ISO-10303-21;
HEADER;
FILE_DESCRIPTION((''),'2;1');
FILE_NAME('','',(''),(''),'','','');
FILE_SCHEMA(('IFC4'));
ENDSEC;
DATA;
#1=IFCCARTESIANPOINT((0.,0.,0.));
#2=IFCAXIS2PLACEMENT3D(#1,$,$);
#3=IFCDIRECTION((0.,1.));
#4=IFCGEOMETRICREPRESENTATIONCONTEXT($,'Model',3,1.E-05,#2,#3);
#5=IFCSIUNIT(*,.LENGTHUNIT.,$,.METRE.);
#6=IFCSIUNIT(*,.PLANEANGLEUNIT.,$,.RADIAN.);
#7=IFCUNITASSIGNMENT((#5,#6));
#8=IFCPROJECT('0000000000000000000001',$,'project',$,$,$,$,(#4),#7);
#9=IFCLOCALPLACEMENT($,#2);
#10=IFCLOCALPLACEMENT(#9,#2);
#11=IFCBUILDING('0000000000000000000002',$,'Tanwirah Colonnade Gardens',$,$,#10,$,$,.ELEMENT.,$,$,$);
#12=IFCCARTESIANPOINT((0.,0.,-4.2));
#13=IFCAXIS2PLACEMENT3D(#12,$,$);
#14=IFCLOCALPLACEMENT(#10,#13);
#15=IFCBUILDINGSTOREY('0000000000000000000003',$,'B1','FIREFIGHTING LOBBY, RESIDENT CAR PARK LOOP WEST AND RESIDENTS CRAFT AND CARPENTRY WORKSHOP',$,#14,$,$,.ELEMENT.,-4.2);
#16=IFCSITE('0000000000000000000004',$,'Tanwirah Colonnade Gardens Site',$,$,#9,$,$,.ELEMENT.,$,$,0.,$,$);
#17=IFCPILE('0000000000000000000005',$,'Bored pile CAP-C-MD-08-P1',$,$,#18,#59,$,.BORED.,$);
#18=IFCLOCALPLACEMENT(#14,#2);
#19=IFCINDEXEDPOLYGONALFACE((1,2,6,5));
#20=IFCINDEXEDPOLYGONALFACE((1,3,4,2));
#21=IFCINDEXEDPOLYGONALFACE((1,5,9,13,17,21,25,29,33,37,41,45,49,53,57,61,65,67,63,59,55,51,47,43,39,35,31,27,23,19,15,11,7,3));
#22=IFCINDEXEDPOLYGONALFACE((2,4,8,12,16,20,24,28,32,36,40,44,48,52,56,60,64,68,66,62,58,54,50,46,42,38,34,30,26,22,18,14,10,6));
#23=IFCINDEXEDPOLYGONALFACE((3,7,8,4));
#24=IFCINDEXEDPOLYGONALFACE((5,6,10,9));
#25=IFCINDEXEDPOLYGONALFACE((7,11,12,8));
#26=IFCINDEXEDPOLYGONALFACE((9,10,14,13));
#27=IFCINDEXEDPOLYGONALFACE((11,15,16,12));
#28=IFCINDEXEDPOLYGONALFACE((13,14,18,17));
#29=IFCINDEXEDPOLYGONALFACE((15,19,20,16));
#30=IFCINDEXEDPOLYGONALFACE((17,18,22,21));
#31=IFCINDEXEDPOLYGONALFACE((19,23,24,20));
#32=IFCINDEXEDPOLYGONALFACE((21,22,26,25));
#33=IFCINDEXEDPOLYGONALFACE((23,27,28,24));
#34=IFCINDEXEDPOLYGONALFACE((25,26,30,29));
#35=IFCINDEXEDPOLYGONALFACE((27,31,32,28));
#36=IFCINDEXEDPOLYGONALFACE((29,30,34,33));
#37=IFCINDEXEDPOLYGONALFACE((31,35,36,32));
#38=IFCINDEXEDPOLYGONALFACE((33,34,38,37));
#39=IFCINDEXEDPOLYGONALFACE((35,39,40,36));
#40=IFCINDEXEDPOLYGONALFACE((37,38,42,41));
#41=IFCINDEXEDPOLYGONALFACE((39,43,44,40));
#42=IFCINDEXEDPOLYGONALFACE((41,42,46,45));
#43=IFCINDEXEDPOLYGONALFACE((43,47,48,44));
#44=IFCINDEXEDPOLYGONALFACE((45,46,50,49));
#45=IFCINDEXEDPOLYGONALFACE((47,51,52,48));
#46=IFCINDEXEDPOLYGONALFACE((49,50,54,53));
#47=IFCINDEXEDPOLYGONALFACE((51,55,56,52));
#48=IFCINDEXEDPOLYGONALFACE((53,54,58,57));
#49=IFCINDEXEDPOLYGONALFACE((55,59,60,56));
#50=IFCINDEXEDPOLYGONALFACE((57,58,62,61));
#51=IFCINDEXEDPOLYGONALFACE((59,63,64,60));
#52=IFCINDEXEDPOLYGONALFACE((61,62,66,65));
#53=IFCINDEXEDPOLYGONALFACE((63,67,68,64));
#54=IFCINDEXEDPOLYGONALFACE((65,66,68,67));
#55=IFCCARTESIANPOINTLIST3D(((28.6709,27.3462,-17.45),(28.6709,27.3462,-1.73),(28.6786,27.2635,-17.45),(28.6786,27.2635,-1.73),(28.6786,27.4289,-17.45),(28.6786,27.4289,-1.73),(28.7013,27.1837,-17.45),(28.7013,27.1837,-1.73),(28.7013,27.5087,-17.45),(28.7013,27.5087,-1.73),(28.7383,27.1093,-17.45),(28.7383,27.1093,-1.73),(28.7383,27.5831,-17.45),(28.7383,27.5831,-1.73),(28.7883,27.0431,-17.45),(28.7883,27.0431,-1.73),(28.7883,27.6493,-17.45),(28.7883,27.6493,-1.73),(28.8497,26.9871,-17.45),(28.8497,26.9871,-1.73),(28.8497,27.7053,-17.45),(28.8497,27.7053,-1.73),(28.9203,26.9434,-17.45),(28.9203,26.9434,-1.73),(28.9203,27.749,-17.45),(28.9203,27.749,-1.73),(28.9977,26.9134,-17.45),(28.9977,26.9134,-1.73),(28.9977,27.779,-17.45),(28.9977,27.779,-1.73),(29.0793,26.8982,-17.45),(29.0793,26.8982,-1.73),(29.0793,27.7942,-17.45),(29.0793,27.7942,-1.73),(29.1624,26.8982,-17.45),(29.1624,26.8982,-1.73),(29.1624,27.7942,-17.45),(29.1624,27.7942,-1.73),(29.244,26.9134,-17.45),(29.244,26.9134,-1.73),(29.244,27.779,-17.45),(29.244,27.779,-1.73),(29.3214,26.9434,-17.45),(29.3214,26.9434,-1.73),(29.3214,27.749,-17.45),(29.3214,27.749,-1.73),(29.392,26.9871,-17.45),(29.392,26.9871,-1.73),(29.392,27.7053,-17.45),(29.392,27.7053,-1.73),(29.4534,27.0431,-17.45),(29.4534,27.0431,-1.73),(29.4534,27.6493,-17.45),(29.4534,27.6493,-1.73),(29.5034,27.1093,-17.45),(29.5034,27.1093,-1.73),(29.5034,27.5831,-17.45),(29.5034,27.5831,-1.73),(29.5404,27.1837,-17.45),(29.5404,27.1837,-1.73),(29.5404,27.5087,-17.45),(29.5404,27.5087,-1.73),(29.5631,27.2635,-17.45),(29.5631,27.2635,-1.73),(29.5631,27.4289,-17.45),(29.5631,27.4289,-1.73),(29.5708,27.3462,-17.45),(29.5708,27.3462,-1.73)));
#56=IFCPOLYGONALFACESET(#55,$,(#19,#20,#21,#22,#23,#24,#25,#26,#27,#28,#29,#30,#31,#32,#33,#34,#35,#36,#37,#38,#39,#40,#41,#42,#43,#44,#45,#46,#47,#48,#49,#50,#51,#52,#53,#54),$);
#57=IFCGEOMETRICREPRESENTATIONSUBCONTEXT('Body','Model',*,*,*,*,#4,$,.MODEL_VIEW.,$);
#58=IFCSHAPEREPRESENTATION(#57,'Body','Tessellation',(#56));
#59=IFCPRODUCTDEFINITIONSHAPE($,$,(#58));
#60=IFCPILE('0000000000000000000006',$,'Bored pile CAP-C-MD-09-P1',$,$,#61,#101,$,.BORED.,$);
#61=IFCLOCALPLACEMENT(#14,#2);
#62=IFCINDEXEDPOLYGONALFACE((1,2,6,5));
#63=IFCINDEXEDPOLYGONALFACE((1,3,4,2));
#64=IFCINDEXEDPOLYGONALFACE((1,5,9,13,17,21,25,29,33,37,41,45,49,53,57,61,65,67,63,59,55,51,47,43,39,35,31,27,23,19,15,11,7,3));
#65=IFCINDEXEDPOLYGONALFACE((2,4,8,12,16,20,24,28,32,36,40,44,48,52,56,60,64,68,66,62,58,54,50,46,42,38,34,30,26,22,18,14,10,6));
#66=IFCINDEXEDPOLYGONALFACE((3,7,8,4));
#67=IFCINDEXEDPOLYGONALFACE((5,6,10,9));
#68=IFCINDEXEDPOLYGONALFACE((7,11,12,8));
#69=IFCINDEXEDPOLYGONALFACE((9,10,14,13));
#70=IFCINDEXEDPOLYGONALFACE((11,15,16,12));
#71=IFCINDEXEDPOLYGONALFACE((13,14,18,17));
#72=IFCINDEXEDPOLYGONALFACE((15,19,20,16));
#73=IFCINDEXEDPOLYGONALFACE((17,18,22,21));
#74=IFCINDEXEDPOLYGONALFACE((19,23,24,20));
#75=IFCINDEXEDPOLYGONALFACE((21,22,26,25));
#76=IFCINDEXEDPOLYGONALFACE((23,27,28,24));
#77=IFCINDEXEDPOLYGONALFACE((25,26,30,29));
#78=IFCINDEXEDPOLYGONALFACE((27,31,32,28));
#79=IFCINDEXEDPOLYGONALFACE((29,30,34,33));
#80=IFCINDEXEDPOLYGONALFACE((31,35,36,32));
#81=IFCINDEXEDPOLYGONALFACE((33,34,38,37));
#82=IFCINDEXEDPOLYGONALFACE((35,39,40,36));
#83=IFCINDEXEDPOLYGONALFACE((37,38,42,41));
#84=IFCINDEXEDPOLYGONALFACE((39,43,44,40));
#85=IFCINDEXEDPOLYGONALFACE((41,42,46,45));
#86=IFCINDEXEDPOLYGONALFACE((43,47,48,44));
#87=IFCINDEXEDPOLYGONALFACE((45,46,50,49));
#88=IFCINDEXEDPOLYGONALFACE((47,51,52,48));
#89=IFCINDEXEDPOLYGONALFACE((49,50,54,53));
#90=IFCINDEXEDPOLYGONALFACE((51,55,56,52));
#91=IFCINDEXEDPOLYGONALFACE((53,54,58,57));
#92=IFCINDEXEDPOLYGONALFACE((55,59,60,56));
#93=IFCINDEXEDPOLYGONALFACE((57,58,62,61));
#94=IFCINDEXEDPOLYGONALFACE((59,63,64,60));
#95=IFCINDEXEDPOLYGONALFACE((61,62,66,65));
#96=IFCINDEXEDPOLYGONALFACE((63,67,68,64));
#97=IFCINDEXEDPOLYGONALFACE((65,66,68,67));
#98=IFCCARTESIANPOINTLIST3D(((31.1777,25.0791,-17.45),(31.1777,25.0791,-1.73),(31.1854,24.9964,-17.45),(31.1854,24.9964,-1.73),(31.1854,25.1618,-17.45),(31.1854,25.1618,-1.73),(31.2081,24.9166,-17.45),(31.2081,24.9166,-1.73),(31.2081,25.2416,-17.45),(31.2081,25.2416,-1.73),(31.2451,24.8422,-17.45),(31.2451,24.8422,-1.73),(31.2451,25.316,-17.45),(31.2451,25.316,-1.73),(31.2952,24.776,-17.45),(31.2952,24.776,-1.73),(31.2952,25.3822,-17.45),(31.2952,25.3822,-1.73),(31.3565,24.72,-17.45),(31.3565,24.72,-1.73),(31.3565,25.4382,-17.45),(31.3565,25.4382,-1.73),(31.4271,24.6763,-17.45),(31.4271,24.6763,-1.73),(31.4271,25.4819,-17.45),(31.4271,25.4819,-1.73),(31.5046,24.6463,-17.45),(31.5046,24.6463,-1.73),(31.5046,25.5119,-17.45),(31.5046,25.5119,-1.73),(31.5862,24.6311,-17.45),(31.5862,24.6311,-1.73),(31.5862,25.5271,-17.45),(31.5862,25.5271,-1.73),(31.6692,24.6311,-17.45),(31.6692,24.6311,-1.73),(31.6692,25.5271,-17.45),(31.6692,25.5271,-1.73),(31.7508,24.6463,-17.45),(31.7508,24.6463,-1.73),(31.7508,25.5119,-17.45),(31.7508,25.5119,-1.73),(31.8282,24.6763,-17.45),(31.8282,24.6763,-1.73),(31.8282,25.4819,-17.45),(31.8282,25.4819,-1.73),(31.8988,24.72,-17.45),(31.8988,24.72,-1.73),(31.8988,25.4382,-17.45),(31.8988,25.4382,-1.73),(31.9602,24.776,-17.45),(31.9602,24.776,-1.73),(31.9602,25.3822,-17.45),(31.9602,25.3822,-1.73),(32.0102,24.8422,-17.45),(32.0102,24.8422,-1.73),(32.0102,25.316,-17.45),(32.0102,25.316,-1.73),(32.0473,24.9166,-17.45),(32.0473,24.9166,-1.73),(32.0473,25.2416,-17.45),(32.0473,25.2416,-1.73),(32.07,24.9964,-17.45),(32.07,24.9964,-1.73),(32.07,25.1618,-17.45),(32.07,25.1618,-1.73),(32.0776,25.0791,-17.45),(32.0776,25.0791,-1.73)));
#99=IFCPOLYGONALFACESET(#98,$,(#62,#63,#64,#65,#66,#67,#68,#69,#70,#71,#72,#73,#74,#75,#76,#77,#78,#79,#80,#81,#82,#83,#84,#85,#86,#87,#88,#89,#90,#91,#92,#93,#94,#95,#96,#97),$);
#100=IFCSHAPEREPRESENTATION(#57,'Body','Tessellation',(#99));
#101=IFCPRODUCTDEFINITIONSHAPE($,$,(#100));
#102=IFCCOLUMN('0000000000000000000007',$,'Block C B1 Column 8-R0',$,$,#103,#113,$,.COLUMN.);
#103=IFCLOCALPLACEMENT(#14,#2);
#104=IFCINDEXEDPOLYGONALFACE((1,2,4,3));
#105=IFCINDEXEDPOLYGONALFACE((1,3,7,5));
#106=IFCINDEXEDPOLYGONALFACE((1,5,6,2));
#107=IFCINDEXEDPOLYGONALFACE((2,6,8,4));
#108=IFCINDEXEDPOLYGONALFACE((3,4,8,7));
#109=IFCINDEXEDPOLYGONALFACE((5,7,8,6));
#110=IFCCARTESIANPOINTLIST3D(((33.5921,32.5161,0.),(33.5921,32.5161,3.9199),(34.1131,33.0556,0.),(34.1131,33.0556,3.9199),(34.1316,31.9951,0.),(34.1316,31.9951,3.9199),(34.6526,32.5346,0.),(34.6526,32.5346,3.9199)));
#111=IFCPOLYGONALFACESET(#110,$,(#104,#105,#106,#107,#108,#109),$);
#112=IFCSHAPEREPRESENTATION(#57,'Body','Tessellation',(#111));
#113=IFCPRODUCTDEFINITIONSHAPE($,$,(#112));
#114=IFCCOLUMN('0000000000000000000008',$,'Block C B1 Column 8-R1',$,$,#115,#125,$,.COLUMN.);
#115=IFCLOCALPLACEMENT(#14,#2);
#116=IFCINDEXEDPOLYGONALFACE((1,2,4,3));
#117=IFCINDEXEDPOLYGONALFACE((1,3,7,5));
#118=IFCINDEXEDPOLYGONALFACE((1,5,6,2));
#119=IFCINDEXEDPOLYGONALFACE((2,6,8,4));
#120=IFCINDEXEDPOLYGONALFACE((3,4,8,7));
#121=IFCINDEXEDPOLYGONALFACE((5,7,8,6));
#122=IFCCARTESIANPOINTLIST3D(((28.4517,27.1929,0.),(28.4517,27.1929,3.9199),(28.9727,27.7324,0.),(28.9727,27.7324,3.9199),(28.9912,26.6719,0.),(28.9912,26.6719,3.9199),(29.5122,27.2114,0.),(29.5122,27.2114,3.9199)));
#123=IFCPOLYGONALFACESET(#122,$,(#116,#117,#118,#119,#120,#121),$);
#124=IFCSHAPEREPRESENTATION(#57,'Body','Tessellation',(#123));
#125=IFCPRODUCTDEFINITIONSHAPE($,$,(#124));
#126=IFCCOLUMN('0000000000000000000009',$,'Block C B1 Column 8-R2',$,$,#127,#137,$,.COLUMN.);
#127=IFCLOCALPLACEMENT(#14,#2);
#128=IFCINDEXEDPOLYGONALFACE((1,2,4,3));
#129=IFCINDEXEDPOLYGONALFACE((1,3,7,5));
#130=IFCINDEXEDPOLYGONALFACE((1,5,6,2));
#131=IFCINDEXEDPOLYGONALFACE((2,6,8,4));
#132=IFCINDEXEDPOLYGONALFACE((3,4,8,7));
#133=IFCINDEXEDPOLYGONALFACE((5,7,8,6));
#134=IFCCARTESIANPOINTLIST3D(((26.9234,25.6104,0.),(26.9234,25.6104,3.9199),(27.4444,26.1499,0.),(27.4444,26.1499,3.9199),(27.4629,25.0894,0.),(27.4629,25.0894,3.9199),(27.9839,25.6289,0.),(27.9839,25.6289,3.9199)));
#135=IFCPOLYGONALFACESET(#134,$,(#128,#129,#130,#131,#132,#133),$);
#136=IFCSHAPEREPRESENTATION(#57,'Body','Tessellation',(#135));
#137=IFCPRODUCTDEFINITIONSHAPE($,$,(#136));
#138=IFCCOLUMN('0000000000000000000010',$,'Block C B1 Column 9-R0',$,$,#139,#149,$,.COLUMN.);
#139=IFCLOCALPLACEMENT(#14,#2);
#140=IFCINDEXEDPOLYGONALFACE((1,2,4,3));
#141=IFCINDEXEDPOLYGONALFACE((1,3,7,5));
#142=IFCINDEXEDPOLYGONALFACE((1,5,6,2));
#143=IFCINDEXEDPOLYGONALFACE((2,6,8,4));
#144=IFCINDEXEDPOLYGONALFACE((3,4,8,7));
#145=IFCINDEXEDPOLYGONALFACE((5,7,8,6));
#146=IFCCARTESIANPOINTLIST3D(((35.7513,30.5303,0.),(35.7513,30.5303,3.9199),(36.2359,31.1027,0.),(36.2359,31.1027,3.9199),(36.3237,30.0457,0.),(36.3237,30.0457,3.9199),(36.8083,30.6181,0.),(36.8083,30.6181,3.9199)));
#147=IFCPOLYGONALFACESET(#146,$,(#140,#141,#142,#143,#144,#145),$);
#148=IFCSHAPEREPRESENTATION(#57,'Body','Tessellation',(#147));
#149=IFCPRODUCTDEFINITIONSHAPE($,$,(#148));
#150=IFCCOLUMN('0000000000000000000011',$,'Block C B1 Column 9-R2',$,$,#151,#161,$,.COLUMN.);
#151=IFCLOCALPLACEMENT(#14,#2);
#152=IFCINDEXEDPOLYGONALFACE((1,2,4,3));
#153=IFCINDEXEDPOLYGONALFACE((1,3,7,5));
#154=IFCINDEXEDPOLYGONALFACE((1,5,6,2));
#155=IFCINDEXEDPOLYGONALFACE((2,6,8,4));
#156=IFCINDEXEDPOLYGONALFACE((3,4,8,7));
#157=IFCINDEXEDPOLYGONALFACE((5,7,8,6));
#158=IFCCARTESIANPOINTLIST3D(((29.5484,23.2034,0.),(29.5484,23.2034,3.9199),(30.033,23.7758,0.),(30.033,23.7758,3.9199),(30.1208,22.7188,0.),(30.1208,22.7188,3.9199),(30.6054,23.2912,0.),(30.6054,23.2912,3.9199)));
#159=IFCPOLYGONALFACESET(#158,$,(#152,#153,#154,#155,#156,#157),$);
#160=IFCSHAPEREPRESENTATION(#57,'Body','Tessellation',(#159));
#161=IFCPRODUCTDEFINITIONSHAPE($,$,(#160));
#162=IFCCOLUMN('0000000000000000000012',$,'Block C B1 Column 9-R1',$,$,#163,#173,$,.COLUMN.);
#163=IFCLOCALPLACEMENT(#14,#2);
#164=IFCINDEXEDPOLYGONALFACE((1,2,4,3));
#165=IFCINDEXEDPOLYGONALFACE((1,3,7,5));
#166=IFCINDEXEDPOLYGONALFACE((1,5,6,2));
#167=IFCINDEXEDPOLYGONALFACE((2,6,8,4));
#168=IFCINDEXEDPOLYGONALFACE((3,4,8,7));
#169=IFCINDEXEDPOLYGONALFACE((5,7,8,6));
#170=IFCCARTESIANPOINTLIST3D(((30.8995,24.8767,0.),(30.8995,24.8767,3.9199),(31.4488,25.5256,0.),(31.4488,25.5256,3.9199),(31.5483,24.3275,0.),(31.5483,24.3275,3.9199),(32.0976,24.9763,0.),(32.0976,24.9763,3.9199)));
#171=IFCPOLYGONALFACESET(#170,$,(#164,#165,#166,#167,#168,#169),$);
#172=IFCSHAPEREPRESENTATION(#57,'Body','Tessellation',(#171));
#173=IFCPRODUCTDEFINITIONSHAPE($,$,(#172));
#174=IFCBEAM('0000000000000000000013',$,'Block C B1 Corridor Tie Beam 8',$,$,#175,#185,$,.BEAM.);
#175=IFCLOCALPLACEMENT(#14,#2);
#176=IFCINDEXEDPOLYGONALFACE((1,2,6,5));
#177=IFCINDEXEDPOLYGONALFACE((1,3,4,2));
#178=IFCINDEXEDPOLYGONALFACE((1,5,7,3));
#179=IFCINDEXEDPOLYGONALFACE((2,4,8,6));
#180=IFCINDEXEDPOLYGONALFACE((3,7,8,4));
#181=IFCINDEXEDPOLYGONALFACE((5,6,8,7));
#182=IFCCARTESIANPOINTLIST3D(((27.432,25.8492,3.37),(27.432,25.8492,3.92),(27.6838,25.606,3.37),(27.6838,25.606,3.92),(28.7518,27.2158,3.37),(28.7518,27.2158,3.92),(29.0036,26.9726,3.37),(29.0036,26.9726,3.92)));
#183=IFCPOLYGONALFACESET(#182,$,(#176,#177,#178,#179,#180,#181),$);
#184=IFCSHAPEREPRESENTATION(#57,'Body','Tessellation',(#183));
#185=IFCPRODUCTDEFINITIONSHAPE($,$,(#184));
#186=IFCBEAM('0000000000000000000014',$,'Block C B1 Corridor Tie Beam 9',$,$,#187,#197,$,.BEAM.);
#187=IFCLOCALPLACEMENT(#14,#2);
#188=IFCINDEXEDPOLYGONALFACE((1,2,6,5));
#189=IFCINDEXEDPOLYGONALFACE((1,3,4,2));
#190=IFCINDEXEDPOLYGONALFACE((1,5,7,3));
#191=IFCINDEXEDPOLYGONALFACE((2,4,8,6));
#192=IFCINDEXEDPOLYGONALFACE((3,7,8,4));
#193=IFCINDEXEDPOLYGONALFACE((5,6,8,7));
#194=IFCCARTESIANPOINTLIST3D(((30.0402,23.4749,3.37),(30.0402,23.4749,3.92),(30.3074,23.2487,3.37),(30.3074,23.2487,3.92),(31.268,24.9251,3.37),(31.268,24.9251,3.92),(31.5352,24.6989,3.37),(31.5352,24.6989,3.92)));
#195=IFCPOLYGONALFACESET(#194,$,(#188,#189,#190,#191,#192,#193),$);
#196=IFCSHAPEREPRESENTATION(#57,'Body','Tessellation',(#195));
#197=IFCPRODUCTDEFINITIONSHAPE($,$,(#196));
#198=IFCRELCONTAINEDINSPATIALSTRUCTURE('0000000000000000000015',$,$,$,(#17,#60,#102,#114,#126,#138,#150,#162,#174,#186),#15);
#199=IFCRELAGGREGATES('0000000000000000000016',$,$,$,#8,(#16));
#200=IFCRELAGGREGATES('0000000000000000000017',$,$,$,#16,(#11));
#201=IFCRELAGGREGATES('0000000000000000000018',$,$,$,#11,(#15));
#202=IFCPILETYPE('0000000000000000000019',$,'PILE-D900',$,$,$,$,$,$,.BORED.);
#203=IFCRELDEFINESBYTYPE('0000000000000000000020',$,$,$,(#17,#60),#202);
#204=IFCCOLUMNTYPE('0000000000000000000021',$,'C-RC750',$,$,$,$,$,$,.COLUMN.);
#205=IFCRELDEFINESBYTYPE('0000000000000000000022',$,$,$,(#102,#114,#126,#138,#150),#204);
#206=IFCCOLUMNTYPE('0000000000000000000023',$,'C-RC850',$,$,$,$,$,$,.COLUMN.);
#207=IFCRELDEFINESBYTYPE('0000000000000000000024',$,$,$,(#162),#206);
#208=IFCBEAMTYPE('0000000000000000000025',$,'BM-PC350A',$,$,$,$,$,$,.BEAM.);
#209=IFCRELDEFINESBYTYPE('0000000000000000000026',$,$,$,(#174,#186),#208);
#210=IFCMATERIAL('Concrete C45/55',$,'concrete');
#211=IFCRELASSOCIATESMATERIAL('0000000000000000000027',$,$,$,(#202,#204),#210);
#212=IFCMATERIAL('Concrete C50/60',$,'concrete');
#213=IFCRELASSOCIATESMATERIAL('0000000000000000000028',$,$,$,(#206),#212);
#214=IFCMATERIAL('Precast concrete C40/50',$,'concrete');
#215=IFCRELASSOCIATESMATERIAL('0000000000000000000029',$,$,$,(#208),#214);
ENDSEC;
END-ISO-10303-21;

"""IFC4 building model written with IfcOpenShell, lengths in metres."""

from ifc_helpers import new_model, si_unit, direction, frame, origin, origin_2d, place, context, subcontext, project, spatial, rectangle, circle, extrude, material, material_profile, profile_set, type_object, element, save


model = new_model("IFC4")

# Units and contexts
model_context = context("Model", 3, precision=1e-05, world=origin(), true_north=direction((0.0, 1.0)))
body_context = subcontext(model_context, "Body", "Model", "MODEL_VIEW")
ifc_project = project(units=[si_unit("LENGTHUNIT", "METRE"), si_unit("PLANEANGLEUNIT", "RADIAN")], contexts=[model_context])

# Site, building, storey
site_placement = place(None, origin())
site = spatial("IfcSite", under=ifc_project, at=site_placement, Name="Tanwirah Colonnade Gardens Site", CompositionType="ELEMENT", RefElevation=0.0)
building_placement = place(site_placement, origin())
building = spatial("IfcBuilding", under=site, at=building_placement, Name="Tanwirah Colonnade Gardens", CompositionType="ELEMENT")
storey_placement = place(building_placement, frame((0.0, 0.0, -4.2)))
storey = spatial("IfcBuildingStorey", under=building, at=storey_placement, Name="B1", Description="FIREFIGHTING LOBBY, RESIDENT CAR PARK LOOP WEST AND RESIDENTS CRAFT AND CARPENTRY WORKSHOP", CompositionType="ELEMENT", Elevation=-4.2)

# Shared definitions
ifc_material_1 = material(Name="Concrete C45/55", Category="concrete")

# Piles
ifc_material_profile_1 = material_profile(ifc_material_1, circle(Radius=0.45, at=origin_2d()), Name="PILE D900")
ifc_profile_set_1 = profile_set([ifc_material_profile_1], Name="Concrete C45/55")
pile_type_1 = type_object("IfcPileType", Name="PILE-D900", PredefinedType="BORED", material=ifc_profile_set_1)
for number, where, z_axis, x_axis, name in (
    (1, (29.1208, 27.3462, -1.73), (0.0, 0.0, -1.0), (1.0, 0.0, 0.0), "Bored pile CAP-C-MD-08-P1"),
    (2, (31.6277, 25.0791, -1.73), (0.0, 0.0, -1.0), (1.0, 0.0, 0.0), "Bored pile CAP-C-MD-09-P1"),
):
    element("IfcPile", number, at=place(storey_placement, frame(where, z_axis=z_axis, x_axis=x_axis)), inside=storey, type_object=pile_type_1, Name=name, PredefinedType="BORED", context=body_context, shape_type="SweptSolid", body=[
        extrude(circle(Radius=0.45, at=origin_2d()), origin(), (0.0, 0.0, 1.0), 15.72),
    ])

# Columns
ifc_material_profile_2 = material_profile(ifc_material_1, rectangle(XDim=0.75, YDim=0.75, at=origin_2d()), Name="RC-COL 750x750")
ifc_profile_set_2 = profile_set([ifc_material_profile_2], Name="Concrete C45/55")
column_type_1 = type_object("IfcColumnType", Name="C-RC750", PredefinedType="COLUMN", material=ifc_profile_set_2)
for number, where, z_axis, x_axis, name in (
    (3, (34.1223, 32.5254, 0.0), (0.0, 0.0, 1.0), (-0.694658, -0.71934, 0.0), "Block C B1 Column 8-R0"),
    (4, (28.9819, 27.2021, 0.0), (0.0, 0.0, 1.0), (-0.694658, -0.71934, 0.0), "Block C B1 Column 8-R1"),
    (5, (27.4536, 25.6196, 0.0), (0.0, 0.0, 1.0), (-0.694658, -0.71934, 0.0), "Block C B1 Column 8-R2"),
    (6, (36.2798, 30.5742, 0.0), (0.0, 0.0, 1.0), (-0.646124, -0.763232, 0.0), "Block C B1 Column 9-R0"),
    (7, (30.0769, 23.2473, 0.0), (0.0, 0.0, 1.0), (-0.646124, -0.763232, 0.0), "Block C B1 Column 9-R2"),
):
    element("IfcColumn", number, at=place(storey_placement, frame(where, z_axis=z_axis, x_axis=x_axis)), inside=storey, type_object=column_type_1, Name=name, PredefinedType="COLUMN", context=body_context, shape_type="SweptSolid", body=[
        extrude(rectangle(XDim=0.75, YDim=0.75, at=origin_2d()), origin(), (0.0, 0.0, 1.0), 3.9199),
    ])
ifc_material_2 = material(Name="Concrete C50/60", Category="concrete")
ifc_material_profile_3 = material_profile(ifc_material_2, rectangle(XDim=0.8501, YDim=0.8501, at=origin_2d()), Name="RC-COL 850x850")
ifc_profile_set_3 = profile_set([ifc_material_profile_3], Name="Concrete C50/60")
column_type_2 = type_object("IfcColumnType", Name="C-RC850", PredefinedType="COLUMN", material=ifc_profile_set_3)
column_placement = place(storey_placement, frame((31.4985, 24.9265, 0.0), z_axis=(0.0, 0.0, 1.0), x_axis=(-0.646124, -0.763232, 0.0)))
element("IfcColumn", 8, at=column_placement, inside=storey, type_object=column_type_2, Name="Block C B1 Column 9-R1", PredefinedType="COLUMN", context=body_context, shape_type="SweptSolid", body=[
    extrude(rectangle(XDim=0.8501, YDim=0.8501, at=origin_2d()), origin(), (0.0, 0.0, 1.0), 3.9199),
])

# Beams
ifc_material_3 = material(Name="Precast concrete C40/50", Category="concrete")
ifc_material_profile_4 = material_profile(ifc_material_3, rectangle(XDim=0.3501, YDim=0.55, at=origin_2d()), Name="PC-BM 350x550")
ifc_profile_set_4 = profile_set([ifc_material_profile_4], Name="Precast concrete C40/50")
beam_type_1 = type_object("IfcBeamType", Name="BM-PC350A", PredefinedType="BEAM", material=ifc_profile_set_4)
beam_1_placement = place(storey_placement, frame((28.8777, 27.0942, 3.645), z_axis=(-0.694663, -0.719335, 0.0), x_axis=(0.719335, -0.694663, 0.0)))
element("IfcBeam", 9, at=beam_1_placement, inside=storey, type_object=beam_type_1, Name="Block C B1 Corridor Tie Beam 8", PredefinedType="BEAM", context=body_context, shape_type="SweptSolid", body=[
    extrude(rectangle(XDim=0.3501, YDim=0.55, at=origin_2d()), origin(), (0.0, 0.0, 1.0), 1.8999),
])
beam_2_placement = place(storey_placement, frame((31.4016, 24.812, 3.645), z_axis=(-0.646155, -0.763206, 0.0), x_axis=(0.763206, -0.646155, 0.0)))
element("IfcBeam", 10, at=beam_2_placement, inside=storey, type_object=beam_type_1, Name="Block C B1 Corridor Tie Beam 9", PredefinedType="BEAM", context=body_context, shape_type="SweptSolid", body=[
    extrude(rectangle(XDim=0.3501, YDim=0.55, at=origin_2d()), origin(), (0.0, 0.0, 1.0), 1.9001),
])

save(model, "model.ifc")
